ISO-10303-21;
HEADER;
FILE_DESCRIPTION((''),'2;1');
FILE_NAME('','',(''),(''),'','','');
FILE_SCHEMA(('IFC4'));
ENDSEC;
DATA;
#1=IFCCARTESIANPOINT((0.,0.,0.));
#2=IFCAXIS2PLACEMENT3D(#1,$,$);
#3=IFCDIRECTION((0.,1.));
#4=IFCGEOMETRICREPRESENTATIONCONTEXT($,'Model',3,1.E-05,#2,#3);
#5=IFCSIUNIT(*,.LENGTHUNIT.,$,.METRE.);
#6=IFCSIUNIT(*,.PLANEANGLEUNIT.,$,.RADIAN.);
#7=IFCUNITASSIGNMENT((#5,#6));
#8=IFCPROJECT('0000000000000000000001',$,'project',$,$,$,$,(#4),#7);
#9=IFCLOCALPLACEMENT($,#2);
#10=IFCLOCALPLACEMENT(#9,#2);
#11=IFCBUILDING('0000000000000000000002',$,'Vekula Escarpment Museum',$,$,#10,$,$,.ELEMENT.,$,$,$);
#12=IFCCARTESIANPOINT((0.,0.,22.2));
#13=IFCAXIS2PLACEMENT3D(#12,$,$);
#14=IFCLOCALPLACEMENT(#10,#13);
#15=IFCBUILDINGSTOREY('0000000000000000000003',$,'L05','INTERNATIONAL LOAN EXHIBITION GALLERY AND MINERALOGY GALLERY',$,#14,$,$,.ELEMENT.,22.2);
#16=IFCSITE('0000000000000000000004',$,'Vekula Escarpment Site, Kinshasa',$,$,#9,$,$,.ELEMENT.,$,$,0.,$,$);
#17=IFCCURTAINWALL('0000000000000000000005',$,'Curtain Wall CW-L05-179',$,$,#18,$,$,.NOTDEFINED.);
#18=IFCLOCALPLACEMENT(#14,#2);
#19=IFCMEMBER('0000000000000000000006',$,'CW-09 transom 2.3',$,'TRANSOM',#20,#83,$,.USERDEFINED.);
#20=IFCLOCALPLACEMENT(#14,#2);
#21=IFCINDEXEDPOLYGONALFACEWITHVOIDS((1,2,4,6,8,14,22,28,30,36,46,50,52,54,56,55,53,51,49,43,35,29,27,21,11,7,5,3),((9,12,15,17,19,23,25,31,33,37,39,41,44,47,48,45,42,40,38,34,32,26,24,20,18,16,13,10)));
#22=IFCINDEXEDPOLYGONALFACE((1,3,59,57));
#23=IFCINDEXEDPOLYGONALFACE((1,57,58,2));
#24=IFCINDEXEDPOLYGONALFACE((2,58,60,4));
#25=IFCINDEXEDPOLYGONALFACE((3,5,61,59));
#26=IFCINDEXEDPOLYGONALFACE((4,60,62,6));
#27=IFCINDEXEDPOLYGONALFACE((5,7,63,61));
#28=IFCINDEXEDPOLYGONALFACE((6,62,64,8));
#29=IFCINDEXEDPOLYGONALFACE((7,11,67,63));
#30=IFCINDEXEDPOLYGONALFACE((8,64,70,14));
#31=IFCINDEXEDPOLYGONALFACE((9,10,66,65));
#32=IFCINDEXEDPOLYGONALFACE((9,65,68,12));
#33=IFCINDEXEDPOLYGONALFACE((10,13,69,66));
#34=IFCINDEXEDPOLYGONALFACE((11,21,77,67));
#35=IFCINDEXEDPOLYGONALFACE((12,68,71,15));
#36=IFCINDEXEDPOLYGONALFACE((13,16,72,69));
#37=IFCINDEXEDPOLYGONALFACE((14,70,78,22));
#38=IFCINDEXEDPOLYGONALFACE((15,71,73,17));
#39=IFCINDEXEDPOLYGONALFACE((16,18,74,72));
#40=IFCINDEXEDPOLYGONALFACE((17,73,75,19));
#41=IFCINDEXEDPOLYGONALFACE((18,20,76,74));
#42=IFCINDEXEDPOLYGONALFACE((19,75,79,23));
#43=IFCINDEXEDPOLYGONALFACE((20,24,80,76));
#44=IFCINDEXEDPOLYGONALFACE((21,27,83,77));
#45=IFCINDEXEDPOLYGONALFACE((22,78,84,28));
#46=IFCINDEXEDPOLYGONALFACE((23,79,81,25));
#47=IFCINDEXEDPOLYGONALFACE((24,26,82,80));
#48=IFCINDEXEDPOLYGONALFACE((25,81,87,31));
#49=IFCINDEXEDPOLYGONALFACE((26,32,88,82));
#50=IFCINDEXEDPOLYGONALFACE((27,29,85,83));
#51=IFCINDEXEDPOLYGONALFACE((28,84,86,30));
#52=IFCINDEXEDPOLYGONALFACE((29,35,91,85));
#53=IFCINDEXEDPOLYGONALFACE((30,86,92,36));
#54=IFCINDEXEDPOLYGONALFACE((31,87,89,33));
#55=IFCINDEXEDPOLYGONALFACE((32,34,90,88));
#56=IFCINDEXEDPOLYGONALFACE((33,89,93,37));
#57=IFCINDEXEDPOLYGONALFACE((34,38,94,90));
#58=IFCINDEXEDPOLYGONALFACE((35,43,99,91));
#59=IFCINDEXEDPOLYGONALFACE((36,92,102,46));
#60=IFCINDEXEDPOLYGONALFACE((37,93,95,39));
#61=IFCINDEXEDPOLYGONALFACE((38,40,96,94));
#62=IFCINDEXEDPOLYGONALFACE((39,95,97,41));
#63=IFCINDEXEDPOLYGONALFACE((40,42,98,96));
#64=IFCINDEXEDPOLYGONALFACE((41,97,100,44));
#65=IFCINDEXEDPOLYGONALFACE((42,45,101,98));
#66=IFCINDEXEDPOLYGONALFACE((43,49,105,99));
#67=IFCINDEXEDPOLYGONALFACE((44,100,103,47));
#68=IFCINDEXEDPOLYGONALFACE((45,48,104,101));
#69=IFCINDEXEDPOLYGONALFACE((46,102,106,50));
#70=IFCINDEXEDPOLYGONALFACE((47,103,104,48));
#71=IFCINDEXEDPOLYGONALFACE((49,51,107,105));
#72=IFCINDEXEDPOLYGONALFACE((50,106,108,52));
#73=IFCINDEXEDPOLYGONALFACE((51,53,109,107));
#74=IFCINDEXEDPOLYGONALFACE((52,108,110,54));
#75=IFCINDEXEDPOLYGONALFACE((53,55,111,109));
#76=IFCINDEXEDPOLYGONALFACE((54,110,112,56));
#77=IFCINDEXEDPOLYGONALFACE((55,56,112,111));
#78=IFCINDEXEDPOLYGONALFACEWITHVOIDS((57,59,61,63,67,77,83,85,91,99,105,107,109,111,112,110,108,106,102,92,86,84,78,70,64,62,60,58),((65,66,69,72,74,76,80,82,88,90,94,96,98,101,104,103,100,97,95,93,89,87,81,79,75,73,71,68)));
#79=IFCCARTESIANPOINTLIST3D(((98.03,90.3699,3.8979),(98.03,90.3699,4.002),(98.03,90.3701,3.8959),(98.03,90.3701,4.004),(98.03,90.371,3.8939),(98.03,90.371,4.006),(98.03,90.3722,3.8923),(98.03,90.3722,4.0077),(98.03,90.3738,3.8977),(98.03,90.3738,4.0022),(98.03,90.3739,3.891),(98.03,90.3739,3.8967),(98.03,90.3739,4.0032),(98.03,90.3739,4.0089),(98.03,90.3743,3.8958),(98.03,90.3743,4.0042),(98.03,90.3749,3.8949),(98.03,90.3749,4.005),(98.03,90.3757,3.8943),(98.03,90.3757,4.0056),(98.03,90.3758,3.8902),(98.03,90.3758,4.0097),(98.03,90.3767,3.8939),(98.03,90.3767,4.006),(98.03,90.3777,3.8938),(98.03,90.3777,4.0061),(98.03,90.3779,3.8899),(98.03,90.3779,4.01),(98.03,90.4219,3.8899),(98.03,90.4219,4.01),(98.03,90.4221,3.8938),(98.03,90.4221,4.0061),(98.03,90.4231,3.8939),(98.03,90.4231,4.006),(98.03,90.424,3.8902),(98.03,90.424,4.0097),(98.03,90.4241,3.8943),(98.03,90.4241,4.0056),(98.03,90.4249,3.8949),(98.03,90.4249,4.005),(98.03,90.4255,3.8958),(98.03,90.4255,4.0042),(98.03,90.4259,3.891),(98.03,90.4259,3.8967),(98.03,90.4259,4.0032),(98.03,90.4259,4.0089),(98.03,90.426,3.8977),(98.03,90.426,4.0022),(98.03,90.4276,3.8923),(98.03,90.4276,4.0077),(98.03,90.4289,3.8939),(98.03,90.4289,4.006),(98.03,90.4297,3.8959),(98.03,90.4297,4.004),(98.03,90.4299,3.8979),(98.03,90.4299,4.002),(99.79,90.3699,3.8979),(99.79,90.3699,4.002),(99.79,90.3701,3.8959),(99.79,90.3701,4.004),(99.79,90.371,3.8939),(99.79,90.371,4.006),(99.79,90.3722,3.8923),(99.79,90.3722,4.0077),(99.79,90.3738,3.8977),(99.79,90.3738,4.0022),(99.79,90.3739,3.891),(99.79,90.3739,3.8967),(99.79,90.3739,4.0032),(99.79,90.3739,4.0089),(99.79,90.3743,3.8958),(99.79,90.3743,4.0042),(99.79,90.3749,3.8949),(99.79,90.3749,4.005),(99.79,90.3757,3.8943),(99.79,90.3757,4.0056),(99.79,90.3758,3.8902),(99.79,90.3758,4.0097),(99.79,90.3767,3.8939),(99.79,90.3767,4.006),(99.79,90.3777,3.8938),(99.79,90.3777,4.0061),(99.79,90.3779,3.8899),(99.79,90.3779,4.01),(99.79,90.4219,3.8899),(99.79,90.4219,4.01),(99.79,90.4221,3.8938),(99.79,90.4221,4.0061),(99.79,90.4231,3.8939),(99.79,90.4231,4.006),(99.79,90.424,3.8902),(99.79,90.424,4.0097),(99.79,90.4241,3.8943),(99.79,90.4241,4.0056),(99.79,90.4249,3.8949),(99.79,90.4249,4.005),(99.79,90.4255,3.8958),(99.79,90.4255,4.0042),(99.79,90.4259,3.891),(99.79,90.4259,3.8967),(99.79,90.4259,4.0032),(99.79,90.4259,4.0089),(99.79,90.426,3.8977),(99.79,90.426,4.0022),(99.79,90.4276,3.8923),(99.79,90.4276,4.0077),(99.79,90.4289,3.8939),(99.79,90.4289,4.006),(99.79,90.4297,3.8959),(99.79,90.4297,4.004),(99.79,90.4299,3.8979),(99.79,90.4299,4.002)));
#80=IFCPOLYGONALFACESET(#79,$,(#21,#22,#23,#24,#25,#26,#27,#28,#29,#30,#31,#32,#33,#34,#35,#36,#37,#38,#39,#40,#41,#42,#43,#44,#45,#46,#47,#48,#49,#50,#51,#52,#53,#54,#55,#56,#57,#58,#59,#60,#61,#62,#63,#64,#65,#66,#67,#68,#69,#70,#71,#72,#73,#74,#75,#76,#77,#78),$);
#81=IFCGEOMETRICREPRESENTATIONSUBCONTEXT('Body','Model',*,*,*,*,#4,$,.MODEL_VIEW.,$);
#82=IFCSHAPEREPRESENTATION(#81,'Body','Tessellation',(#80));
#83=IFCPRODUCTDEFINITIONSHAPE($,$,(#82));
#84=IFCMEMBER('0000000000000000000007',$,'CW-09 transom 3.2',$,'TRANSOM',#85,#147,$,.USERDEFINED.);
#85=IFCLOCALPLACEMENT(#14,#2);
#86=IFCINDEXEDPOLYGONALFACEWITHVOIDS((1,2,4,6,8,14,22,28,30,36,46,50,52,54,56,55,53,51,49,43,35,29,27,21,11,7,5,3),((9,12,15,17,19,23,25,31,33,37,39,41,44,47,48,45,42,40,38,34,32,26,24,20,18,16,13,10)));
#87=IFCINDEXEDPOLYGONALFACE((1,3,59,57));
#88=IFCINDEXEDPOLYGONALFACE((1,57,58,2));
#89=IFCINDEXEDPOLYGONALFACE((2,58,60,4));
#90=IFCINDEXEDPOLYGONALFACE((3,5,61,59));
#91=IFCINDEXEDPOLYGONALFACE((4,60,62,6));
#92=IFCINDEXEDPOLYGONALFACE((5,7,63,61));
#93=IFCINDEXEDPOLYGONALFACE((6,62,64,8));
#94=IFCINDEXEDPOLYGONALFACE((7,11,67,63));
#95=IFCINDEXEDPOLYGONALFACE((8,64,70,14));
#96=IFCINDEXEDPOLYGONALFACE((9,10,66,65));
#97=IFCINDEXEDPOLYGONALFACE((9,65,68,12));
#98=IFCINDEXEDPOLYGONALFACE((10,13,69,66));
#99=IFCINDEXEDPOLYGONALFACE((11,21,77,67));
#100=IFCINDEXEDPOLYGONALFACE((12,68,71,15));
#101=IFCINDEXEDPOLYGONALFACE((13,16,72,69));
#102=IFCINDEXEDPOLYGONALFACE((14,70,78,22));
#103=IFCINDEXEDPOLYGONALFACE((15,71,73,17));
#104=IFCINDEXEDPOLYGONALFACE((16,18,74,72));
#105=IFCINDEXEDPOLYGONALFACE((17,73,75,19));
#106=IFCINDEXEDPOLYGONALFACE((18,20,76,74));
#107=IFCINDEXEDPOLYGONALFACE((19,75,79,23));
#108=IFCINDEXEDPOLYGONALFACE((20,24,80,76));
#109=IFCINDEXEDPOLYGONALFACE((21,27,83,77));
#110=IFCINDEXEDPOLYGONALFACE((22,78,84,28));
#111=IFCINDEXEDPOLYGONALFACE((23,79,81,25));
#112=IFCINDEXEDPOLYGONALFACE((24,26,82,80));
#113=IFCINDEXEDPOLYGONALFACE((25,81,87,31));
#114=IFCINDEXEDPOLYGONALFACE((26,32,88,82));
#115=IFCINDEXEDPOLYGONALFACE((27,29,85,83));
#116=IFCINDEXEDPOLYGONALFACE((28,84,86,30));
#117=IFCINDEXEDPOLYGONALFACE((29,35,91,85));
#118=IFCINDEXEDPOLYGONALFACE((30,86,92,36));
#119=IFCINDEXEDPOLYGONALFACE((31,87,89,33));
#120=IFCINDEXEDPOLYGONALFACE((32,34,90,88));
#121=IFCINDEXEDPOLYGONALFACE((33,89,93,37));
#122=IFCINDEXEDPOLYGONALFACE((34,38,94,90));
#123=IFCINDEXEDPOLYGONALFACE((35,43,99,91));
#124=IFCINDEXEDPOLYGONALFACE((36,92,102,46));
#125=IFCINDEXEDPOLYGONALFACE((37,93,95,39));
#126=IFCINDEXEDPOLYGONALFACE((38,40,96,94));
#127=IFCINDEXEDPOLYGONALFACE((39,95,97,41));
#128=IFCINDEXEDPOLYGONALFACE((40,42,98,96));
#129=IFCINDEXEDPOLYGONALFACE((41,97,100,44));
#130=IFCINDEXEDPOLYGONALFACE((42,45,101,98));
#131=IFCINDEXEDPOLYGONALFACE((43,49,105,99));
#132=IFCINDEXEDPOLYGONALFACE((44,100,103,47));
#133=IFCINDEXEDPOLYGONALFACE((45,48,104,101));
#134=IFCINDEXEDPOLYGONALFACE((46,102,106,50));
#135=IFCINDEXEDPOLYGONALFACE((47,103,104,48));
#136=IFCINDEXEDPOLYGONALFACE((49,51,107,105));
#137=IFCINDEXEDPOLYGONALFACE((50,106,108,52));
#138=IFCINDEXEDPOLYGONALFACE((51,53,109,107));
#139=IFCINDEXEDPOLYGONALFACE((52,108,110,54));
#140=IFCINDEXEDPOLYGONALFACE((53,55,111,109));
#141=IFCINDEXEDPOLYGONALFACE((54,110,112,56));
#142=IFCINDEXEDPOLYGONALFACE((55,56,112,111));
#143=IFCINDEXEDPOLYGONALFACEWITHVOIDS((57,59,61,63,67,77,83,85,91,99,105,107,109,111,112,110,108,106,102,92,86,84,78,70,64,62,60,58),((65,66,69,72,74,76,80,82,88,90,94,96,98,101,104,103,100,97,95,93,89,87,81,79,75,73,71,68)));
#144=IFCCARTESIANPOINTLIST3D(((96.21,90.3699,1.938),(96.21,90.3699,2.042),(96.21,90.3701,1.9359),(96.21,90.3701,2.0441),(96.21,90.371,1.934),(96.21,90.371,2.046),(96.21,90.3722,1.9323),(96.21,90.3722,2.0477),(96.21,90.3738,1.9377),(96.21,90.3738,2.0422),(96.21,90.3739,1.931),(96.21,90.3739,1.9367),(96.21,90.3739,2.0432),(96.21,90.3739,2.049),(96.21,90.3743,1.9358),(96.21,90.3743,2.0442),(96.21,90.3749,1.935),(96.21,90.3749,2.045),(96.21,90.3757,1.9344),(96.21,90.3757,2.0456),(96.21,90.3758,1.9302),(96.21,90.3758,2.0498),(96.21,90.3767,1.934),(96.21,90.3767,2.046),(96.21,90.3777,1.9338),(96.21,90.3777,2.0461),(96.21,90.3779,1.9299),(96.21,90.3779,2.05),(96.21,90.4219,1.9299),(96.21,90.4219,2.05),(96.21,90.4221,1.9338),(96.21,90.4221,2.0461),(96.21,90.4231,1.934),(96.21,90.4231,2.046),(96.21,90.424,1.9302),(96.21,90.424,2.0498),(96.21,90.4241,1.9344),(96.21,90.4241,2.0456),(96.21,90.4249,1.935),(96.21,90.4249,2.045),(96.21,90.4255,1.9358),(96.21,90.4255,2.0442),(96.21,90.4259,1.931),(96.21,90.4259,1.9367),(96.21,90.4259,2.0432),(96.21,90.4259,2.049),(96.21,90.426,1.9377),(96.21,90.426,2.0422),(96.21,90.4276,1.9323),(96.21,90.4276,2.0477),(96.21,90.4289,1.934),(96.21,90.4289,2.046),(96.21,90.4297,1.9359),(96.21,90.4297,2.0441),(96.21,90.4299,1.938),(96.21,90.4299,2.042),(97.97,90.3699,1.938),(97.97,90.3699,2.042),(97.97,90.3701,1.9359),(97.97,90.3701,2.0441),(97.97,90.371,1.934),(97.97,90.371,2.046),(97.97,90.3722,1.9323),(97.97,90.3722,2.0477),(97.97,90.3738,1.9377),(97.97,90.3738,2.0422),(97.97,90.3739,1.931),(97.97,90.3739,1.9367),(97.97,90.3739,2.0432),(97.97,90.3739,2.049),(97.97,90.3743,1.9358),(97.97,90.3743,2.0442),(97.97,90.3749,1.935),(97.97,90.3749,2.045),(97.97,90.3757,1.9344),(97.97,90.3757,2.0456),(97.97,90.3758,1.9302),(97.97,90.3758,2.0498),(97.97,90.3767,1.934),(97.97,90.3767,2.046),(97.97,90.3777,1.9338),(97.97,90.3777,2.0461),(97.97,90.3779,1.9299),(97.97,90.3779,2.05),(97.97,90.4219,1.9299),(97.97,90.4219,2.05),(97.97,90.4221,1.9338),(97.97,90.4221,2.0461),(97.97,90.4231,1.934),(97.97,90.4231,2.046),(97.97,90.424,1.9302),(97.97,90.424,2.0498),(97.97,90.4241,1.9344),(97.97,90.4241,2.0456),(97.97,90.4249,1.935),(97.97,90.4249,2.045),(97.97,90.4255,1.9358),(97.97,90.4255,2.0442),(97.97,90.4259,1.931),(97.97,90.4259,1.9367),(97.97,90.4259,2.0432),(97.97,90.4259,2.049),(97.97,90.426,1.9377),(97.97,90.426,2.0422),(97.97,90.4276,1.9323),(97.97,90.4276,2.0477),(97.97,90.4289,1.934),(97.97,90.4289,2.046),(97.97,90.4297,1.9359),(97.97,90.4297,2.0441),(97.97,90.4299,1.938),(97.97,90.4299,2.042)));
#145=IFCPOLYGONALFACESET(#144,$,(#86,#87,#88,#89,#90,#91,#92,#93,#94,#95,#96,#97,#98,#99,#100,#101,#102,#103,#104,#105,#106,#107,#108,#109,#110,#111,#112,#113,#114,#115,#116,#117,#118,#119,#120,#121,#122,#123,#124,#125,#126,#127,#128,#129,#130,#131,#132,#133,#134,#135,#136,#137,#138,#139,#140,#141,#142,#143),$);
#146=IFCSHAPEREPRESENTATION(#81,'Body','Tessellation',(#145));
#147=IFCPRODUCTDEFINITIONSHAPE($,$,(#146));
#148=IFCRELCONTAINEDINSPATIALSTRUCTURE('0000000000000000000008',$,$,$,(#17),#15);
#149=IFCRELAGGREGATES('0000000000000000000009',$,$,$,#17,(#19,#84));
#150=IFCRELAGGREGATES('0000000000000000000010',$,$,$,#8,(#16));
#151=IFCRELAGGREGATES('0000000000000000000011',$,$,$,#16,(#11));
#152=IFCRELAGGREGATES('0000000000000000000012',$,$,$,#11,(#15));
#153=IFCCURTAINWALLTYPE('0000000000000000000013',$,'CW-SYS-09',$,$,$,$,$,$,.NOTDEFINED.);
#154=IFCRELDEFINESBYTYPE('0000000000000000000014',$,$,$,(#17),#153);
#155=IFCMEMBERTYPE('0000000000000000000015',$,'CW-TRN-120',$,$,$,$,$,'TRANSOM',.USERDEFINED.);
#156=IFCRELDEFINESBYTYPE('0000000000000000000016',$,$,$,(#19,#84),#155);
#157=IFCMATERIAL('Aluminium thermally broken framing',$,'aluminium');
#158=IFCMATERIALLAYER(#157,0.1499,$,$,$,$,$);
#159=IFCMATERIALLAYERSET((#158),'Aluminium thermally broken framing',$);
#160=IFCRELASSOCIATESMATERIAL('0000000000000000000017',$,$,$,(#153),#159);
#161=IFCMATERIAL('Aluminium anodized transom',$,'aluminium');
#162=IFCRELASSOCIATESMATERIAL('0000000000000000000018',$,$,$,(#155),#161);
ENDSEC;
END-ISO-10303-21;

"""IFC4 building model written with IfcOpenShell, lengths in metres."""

from ifc_helpers import new_model, si_unit, direction, frame, origin, origin_2d, place, context, subcontext, project, spatial, hollow_rectangle, extrude, material, layer, layer_set, material_profile, profile_set, type_object, element, aggregate, save


model = new_model("IFC4")

# Units and contexts
model_context = context("Model", 3, precision=1e-05, world=origin(), true_north=direction((0.0, 1.0)))
body_context = subcontext(model_context, "Body", "Model", "MODEL_VIEW")
ifc_project = project(units=[si_unit("LENGTHUNIT", "METRE"), si_unit("PLANEANGLEUNIT", "RADIAN")], contexts=[model_context])

# Site, building, storey
site_placement = place(None, origin())
site = spatial("IfcSite", under=ifc_project, at=site_placement, Name="Vekula Escarpment Site, Kinshasa", CompositionType="ELEMENT", RefElevation=0.0)
building_placement = place(site_placement, origin())
building = spatial("IfcBuilding", under=site, at=building_placement, Name="Vekula Escarpment Museum", CompositionType="ELEMENT")
storey_placement = place(building_placement, frame((0.0, 0.0, 22.2)))
storey = spatial("IfcBuildingStorey", under=building, at=storey_placement, Name="L05", Description="INTERNATIONAL LOAN EXHIBITION GALLERY AND MINERALOGY GALLERY", CompositionType="ELEMENT", Elevation=22.2)

# Curtain wall, members
ifc_material_1 = material(Name="Aluminium thermally broken framing", Category="aluminium")
ifc_layer_1 = layer(ifc_material_1, 0.1499)
ifc_layer_set_1 = layer_set([ifc_layer_1], Name="Aluminium thermally broken framing")
curtain_wall_type_1 = type_object("IfcCurtainWallType", Name="CW-SYS-09", PredefinedType="NOTDEFINED", material=ifc_layer_set_1)
curtain_wall_1_placement = place(storey_placement, origin())
curtain_wall_1 = element("IfcCurtainWall", 1, at=curtain_wall_1_placement, inside=storey, type_object=curtain_wall_type_1, Name="Curtain Wall CW-L05-179", PredefinedType="NOTDEFINED")
ifc_material_2 = material(Name="Aluminium anodized transom", Category="aluminium")
ifc_material_profile_1 = material_profile(ifc_material_2, hollow_rectangle(XDim=0.0601, YDim=0.1201, WallThickness=0.0039, InnerFilletRadius=0.0039, OuterFilletRadius=0.0081, at=origin_2d()), Name="ALU 120x60x4")
ifc_profile_set_1 = profile_set([ifc_material_profile_1], Name="Aluminium anodized transom")
member_type_1 = type_object("IfcMemberType", Name="CW-TRN-120", ElementType="TRANSOM", PredefinedType="USERDEFINED", material=ifc_profile_set_1)
member_1_placement = place(storey_placement, frame((99.79, 90.3999, 3.95), z_axis=(-1.0, 0.0, 0.0), x_axis=(0.0, -1.0, 0.0)))
member_1 = element("IfcMember", 2, at=member_1_placement, type_object=member_type_1, Name="CW-09 transom 2.3", ObjectType="TRANSOM", PredefinedType="USERDEFINED", context=body_context, shape_type="SweptSolid", body=[
    extrude(hollow_rectangle(XDim=0.0601, YDim=0.1201, WallThickness=0.0039, InnerFilletRadius=0.0039, OuterFilletRadius=0.0081, at=origin_2d()), origin(), (0.0, 0.0, 1.0), 1.76),
])
member_2_placement = place(storey_placement, frame((97.97, 90.3999, 1.99), z_axis=(-1.0, 0.0, 0.0), x_axis=(0.0, -1.0, 0.0)))
member_2 = element("IfcMember", 3, at=member_2_placement, type_object=member_type_1, Name="CW-09 transom 3.2", ObjectType="TRANSOM", PredefinedType="USERDEFINED", context=body_context, shape_type="SweptSolid", body=[
    extrude(hollow_rectangle(XDim=0.0601, YDim=0.1201, WallThickness=0.0039, InnerFilletRadius=0.0039, OuterFilletRadius=0.0081, at=origin_2d()), origin(), (0.0, 0.0, 1.0), 1.76),
])

aggregate(curtain_wall_1, [member_1, member_2])

save(model, "model.ifc")
